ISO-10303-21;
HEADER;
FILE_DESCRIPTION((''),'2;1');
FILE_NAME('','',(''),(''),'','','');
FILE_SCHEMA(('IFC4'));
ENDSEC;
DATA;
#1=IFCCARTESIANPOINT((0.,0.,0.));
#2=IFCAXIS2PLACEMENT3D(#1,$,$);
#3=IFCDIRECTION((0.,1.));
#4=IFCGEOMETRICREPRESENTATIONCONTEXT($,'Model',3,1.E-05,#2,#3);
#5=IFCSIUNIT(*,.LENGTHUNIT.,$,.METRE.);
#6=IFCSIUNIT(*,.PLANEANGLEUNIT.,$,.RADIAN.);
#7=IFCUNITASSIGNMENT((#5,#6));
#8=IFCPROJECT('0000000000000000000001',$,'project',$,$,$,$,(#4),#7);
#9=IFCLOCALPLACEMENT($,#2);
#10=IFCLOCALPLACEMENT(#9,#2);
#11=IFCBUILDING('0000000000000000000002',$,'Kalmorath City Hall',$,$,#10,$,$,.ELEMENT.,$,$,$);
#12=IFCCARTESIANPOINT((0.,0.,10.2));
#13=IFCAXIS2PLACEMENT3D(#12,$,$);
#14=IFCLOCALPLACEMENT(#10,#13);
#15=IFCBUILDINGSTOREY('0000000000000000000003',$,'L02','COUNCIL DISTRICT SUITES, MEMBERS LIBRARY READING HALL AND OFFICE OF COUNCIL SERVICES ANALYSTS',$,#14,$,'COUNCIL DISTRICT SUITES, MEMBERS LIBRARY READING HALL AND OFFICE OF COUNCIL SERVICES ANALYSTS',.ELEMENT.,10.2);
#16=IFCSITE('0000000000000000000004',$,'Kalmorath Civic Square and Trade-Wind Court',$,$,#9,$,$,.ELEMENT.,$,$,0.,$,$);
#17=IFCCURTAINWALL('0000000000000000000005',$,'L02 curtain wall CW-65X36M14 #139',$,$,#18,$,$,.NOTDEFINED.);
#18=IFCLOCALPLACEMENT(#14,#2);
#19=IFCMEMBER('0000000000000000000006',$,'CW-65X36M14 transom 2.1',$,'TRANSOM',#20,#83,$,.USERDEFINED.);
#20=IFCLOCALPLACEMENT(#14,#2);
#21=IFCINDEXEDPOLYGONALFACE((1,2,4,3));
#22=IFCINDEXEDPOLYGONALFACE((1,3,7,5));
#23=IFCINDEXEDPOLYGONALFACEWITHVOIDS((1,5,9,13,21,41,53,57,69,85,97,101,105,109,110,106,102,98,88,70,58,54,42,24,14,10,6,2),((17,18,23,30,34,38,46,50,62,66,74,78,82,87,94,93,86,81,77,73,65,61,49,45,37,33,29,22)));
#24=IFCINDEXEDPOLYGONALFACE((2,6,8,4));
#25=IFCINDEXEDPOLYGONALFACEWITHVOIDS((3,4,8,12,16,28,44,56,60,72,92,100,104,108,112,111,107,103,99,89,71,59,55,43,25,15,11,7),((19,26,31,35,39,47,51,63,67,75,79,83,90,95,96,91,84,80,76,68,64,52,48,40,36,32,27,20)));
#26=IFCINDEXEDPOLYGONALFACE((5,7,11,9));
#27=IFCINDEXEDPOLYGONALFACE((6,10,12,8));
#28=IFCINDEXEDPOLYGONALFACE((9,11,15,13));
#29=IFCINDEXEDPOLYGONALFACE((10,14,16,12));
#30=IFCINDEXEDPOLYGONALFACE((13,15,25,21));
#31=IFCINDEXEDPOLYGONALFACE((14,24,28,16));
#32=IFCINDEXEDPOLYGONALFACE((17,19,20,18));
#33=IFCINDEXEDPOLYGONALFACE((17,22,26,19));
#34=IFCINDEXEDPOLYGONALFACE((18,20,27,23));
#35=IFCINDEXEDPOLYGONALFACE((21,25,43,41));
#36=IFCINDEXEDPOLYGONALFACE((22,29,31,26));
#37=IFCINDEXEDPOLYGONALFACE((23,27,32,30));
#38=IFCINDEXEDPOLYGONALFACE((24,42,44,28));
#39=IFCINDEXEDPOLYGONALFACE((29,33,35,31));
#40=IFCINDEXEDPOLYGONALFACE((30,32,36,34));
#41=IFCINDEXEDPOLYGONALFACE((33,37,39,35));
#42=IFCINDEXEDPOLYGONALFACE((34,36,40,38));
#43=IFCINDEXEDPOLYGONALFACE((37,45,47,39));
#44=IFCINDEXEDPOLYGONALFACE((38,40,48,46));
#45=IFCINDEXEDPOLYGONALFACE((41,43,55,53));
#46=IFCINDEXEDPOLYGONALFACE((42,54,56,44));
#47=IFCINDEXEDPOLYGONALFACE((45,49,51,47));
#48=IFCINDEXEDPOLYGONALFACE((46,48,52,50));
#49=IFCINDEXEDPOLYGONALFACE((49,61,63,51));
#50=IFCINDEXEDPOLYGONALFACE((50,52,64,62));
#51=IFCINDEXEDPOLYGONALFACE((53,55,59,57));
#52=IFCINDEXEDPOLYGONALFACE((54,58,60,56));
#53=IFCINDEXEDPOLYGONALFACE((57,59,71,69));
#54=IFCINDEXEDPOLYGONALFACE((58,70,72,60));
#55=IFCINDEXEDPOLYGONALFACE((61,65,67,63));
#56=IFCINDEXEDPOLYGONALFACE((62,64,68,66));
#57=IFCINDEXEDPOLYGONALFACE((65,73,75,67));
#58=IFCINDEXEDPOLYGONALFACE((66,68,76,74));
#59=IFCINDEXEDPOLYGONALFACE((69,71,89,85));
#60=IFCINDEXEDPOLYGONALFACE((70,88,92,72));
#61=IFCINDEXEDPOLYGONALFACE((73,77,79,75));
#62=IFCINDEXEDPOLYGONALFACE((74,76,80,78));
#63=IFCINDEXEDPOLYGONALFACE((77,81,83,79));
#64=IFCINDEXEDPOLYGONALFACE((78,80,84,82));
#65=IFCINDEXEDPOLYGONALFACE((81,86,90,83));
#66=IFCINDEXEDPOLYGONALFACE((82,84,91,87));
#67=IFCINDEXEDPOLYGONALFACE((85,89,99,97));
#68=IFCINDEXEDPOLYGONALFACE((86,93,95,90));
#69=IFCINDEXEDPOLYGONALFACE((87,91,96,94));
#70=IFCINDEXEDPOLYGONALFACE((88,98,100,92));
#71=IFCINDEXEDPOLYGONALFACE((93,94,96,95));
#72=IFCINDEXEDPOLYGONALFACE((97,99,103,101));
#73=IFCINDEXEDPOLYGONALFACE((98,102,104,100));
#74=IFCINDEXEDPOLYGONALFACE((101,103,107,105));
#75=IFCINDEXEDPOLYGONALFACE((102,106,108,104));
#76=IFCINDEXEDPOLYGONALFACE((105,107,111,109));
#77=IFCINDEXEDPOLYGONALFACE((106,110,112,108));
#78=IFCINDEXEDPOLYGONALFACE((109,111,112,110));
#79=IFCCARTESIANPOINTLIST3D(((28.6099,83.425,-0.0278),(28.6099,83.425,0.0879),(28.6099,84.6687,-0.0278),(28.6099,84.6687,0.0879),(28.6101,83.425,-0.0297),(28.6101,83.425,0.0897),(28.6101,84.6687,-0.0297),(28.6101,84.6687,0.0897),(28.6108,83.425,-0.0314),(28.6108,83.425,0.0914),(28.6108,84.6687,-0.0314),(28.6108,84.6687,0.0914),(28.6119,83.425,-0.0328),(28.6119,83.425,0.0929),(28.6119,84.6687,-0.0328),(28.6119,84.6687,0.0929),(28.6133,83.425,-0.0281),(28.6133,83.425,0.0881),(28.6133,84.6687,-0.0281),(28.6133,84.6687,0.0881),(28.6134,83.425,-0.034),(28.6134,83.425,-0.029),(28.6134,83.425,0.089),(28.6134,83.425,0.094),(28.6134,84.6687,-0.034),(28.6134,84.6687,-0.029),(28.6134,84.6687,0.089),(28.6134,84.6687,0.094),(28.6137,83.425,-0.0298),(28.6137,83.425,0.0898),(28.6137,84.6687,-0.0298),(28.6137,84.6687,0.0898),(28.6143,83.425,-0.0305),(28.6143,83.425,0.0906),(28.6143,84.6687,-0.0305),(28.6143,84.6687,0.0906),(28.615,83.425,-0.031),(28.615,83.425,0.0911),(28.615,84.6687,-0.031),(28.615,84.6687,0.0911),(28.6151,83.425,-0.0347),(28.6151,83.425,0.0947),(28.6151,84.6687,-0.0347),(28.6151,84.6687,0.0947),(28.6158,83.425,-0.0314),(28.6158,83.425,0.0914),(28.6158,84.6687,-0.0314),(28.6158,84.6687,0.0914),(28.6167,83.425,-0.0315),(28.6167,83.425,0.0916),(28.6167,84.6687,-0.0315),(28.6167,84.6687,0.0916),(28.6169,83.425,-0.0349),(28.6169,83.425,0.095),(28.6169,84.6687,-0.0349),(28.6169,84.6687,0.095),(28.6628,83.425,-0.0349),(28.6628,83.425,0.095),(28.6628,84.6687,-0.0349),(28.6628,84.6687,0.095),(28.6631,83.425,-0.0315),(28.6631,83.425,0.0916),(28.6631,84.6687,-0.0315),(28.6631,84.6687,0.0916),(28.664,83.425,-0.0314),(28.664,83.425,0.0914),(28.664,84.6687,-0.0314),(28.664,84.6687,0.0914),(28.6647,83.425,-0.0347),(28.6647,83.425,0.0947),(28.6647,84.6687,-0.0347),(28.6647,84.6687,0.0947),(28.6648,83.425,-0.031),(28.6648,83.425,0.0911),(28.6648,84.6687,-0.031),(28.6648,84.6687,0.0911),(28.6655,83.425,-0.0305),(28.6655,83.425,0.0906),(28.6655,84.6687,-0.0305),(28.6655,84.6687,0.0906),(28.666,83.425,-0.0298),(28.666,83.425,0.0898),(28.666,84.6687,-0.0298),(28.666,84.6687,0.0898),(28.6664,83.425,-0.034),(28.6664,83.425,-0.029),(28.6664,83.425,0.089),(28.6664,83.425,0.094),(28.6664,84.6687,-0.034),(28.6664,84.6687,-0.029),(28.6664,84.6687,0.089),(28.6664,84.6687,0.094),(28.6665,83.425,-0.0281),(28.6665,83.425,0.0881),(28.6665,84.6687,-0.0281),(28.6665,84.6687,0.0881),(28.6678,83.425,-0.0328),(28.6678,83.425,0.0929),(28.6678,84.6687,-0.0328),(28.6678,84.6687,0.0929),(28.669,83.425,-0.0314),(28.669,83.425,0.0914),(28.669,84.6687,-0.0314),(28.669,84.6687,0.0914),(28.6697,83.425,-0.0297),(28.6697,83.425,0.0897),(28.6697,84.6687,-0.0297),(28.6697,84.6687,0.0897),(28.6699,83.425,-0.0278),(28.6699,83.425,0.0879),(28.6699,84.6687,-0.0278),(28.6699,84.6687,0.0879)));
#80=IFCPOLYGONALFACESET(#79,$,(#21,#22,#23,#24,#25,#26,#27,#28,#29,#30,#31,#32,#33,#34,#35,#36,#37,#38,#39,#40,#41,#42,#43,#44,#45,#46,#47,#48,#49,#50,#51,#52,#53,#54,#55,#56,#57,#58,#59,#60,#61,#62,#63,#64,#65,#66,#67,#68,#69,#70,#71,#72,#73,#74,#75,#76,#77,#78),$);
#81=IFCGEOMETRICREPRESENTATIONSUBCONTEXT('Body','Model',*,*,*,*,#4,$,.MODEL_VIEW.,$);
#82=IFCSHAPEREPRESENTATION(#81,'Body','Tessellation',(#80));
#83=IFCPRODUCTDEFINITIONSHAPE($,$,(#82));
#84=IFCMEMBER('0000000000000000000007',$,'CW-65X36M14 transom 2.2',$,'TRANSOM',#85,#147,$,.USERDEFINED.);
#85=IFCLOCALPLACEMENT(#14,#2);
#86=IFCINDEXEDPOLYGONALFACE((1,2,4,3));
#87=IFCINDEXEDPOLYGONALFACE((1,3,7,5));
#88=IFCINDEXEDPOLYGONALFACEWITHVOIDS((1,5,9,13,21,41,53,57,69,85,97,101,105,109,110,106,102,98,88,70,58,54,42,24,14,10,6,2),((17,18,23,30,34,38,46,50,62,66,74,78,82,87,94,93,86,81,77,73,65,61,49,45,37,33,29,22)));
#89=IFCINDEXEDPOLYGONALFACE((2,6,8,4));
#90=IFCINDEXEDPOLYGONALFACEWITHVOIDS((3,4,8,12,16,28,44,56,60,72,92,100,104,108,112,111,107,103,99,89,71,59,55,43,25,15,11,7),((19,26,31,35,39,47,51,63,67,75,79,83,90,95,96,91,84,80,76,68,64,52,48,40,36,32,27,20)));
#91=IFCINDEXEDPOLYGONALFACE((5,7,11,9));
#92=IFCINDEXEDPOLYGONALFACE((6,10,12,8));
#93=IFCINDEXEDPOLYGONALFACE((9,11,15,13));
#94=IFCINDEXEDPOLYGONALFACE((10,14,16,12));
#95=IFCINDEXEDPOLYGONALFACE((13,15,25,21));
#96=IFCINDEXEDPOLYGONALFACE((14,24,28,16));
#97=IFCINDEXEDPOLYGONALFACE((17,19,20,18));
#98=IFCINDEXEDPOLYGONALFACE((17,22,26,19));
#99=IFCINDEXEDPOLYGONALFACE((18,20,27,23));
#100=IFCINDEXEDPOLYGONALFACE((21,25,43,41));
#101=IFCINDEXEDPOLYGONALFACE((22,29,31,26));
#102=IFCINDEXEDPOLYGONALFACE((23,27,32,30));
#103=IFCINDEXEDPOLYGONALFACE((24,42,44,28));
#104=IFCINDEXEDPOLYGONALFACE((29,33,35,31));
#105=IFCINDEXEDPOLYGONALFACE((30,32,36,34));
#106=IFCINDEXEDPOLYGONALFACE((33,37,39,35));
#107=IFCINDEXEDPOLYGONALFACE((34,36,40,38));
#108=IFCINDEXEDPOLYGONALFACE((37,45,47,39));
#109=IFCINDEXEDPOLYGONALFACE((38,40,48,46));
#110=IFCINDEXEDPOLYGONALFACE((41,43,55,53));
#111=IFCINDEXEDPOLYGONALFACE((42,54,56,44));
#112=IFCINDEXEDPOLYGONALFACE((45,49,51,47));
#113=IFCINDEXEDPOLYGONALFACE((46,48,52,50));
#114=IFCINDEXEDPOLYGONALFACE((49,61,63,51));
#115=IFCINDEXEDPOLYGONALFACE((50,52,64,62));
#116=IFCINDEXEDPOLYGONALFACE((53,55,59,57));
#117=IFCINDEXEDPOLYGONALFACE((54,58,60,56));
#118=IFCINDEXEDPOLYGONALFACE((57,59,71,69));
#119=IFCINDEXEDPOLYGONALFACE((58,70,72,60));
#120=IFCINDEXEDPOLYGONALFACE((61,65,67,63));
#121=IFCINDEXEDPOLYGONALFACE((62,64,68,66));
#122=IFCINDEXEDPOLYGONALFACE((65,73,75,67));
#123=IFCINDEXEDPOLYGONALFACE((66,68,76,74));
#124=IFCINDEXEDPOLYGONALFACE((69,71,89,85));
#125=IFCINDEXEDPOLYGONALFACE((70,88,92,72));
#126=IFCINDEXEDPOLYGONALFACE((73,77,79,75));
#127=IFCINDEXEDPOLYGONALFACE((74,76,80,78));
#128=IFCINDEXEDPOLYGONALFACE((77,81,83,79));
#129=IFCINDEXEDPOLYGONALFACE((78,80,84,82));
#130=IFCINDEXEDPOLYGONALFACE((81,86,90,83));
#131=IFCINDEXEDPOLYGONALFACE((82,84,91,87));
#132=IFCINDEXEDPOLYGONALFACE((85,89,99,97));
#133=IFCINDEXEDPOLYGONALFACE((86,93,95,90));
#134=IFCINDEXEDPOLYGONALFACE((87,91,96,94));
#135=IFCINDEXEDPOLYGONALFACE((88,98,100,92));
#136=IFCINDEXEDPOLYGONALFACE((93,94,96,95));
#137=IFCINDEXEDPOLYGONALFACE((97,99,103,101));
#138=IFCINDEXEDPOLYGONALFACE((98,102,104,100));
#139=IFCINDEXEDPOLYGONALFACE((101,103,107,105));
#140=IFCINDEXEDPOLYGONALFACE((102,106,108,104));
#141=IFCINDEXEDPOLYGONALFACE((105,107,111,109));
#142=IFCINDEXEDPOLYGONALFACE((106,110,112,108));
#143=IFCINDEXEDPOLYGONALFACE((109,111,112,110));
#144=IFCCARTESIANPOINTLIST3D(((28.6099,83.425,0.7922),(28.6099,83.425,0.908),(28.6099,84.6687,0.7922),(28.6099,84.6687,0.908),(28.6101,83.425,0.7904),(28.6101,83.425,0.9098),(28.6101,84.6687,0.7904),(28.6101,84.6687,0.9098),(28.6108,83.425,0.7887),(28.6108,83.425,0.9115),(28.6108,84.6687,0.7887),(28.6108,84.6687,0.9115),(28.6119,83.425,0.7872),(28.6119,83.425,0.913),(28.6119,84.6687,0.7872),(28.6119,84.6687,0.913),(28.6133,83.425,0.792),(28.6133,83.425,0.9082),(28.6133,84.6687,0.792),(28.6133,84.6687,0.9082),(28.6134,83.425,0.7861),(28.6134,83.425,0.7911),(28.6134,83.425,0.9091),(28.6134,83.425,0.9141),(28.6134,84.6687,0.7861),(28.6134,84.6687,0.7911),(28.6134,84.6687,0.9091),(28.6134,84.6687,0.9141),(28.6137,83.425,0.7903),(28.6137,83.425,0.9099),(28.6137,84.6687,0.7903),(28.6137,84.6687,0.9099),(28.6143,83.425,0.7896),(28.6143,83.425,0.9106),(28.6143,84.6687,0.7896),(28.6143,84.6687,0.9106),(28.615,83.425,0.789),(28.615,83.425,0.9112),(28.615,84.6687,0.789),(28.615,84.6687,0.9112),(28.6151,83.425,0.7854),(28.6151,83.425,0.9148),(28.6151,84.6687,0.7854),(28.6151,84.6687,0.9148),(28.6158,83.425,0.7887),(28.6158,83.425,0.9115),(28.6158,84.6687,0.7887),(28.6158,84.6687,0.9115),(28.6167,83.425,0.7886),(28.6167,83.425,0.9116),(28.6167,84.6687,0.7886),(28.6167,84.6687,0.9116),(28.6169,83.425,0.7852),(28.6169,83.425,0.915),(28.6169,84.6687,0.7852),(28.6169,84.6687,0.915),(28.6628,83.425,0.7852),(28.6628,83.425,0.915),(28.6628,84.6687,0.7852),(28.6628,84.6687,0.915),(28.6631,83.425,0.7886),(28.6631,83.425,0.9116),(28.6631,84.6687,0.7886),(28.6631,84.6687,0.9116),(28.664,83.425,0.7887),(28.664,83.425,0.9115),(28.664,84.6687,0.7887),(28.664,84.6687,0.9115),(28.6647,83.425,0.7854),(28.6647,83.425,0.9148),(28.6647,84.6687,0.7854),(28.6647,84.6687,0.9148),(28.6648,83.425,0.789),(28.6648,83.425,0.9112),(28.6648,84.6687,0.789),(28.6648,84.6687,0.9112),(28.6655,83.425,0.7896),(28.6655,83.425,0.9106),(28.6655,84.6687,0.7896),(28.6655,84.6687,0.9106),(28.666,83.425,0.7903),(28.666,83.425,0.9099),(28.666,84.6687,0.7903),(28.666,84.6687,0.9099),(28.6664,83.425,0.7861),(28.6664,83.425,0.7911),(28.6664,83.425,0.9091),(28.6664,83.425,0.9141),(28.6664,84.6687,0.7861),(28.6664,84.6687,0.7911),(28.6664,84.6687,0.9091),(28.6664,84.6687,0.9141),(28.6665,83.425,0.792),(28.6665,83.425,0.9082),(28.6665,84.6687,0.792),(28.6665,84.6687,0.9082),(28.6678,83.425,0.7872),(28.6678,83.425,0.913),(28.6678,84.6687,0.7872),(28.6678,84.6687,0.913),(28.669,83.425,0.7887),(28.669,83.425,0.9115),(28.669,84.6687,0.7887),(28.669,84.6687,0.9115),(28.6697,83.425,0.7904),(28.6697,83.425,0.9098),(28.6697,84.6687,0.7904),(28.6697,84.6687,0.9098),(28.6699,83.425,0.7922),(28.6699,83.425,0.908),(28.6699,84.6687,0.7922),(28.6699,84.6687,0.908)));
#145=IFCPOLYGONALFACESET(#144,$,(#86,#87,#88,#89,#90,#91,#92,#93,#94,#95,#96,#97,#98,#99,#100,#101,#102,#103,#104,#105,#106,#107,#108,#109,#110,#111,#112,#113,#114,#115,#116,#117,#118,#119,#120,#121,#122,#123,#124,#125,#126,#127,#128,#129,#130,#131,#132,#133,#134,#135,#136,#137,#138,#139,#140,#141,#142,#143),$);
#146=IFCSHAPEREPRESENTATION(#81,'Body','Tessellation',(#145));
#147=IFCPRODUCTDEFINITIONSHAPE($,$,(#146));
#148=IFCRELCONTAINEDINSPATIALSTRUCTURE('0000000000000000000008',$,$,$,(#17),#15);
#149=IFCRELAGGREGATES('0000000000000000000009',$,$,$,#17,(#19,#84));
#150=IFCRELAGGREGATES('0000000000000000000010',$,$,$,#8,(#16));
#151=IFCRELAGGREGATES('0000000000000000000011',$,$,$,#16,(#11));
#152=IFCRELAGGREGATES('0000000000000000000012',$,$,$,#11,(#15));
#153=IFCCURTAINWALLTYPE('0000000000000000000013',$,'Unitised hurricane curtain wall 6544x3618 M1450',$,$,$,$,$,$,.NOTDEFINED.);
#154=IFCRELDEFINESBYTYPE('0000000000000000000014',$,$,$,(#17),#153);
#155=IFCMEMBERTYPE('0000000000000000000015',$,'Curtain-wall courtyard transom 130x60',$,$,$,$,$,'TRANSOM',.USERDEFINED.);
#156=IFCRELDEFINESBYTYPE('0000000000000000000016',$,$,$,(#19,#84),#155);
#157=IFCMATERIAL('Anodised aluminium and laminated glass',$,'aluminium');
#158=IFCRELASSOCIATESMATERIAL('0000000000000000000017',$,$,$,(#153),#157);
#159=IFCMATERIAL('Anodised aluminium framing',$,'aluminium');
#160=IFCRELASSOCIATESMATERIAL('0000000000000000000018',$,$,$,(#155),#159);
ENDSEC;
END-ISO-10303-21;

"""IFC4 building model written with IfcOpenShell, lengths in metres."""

from ifc_helpers import new_model, si_unit, direction, frame, origin, origin_2d, place, context, subcontext, project, spatial, hollow_rectangle, extrude, material, material_profile, profile_set, type_object, element, aggregate, save


model = new_model("IFC4")

# Units and contexts
model_context = context("Model", 3, precision=1e-05, world=origin(), true_north=direction((0.0, 1.0)))
body_context = subcontext(model_context, "Body", "Model", "MODEL_VIEW")
ifc_project = project(units=[si_unit("LENGTHUNIT", "METRE"), si_unit("PLANEANGLEUNIT", "RADIAN")], contexts=[model_context])

# Site, building, storey
site_placement = place(None, origin())
site = spatial("IfcSite", under=ifc_project, at=site_placement, Name="Kalmorath Civic Square and Trade-Wind Court", CompositionType="ELEMENT", RefElevation=0.0)
building_placement = place(site_placement, origin())
building = spatial("IfcBuilding", under=site, at=building_placement, Name="Kalmorath City Hall", CompositionType="ELEMENT")
storey_placement = place(building_placement, frame((0.0, 0.0, 10.2)))
storey = spatial("IfcBuildingStorey", under=building, at=storey_placement, Name="L02", Description="COUNCIL DISTRICT SUITES, MEMBERS LIBRARY READING HALL AND OFFICE OF COUNCIL SERVICES ANALYSTS", LongName="COUNCIL DISTRICT SUITES, MEMBERS LIBRARY READING HALL AND OFFICE OF COUNCIL SERVICES ANALYSTS", CompositionType="ELEMENT", Elevation=10.2)

# Curtain wall, members
ifc_material_1 = material(Name="Anodised aluminium and laminated glass", Category="aluminium")
curtain_wall_type = type_object("IfcCurtainWallType", Name="Unitised hurricane curtain wall 6544x3618 M1450", PredefinedType="NOTDEFINED", material=ifc_material_1)
curtain_wall_placement = place(storey_placement, origin())
curtain_wall = element("IfcCurtainWall", 1, at=curtain_wall_placement, inside=storey, type_object=curtain_wall_type, Name="L02 curtain wall CW-65X36M14 #139", PredefinedType="NOTDEFINED")
ifc_material_2 = material(Name="Anodised aluminium framing", Category="aluminium")
ifc_material_profile_1 = material_profile(ifc_material_2, hollow_rectangle(XDim=0.0601, YDim=0.1299, WallThickness=0.0034, InnerFilletRadius=0.0034, OuterFilletRadius=0.0071, at=origin_2d()), Name="ALU-TRN-130X60X3.5")
ifc_profile_set_1 = profile_set([ifc_material_profile_1], Name="Anodised aluminium framing")
member_type_1 = type_object("IfcMemberType", Name="Curtain-wall courtyard transom 130x60", ElementType="TRANSOM", PredefinedType="USERDEFINED", material=ifc_profile_set_1)
member_1_placement = place(storey_placement, frame((28.6399, 84.6687, 0.03), z_axis=(0.0, -1.0, 0.0), x_axis=(1.0, 0.0, 0.0)))
member_1 = element("IfcMember", 2, at=member_1_placement, type_object=member_type_1, Name="CW-65X36M14 transom 2.1", ObjectType="TRANSOM", PredefinedType="USERDEFINED", context=body_context, shape_type="SweptSolid", body=[
    extrude(hollow_rectangle(XDim=0.0601, YDim=0.1299, WallThickness=0.0034, InnerFilletRadius=0.0034, OuterFilletRadius=0.0071, at=origin_2d()), origin(), (0.0, 0.0, 1.0), 1.2437),
])
member_2_placement = place(storey_placement, frame((28.6399, 84.6687, 0.8501), z_axis=(0.0, -1.0, 0.0), x_axis=(1.0, 0.0, 0.0)))
member_2 = element("IfcMember", 3, at=member_2_placement, type_object=member_type_1, Name="CW-65X36M14 transom 2.2", ObjectType="TRANSOM", PredefinedType="USERDEFINED", context=body_context, shape_type="SweptSolid", body=[
    extrude(hollow_rectangle(XDim=0.0601, YDim=0.1299, WallThickness=0.0034, InnerFilletRadius=0.0034, OuterFilletRadius=0.0071, at=origin_2d()), origin(), (0.0, 0.0, 1.0), 1.2437),
])

aggregate(curtain_wall, [member_1, member_2])

save(model, "model.ifc")
